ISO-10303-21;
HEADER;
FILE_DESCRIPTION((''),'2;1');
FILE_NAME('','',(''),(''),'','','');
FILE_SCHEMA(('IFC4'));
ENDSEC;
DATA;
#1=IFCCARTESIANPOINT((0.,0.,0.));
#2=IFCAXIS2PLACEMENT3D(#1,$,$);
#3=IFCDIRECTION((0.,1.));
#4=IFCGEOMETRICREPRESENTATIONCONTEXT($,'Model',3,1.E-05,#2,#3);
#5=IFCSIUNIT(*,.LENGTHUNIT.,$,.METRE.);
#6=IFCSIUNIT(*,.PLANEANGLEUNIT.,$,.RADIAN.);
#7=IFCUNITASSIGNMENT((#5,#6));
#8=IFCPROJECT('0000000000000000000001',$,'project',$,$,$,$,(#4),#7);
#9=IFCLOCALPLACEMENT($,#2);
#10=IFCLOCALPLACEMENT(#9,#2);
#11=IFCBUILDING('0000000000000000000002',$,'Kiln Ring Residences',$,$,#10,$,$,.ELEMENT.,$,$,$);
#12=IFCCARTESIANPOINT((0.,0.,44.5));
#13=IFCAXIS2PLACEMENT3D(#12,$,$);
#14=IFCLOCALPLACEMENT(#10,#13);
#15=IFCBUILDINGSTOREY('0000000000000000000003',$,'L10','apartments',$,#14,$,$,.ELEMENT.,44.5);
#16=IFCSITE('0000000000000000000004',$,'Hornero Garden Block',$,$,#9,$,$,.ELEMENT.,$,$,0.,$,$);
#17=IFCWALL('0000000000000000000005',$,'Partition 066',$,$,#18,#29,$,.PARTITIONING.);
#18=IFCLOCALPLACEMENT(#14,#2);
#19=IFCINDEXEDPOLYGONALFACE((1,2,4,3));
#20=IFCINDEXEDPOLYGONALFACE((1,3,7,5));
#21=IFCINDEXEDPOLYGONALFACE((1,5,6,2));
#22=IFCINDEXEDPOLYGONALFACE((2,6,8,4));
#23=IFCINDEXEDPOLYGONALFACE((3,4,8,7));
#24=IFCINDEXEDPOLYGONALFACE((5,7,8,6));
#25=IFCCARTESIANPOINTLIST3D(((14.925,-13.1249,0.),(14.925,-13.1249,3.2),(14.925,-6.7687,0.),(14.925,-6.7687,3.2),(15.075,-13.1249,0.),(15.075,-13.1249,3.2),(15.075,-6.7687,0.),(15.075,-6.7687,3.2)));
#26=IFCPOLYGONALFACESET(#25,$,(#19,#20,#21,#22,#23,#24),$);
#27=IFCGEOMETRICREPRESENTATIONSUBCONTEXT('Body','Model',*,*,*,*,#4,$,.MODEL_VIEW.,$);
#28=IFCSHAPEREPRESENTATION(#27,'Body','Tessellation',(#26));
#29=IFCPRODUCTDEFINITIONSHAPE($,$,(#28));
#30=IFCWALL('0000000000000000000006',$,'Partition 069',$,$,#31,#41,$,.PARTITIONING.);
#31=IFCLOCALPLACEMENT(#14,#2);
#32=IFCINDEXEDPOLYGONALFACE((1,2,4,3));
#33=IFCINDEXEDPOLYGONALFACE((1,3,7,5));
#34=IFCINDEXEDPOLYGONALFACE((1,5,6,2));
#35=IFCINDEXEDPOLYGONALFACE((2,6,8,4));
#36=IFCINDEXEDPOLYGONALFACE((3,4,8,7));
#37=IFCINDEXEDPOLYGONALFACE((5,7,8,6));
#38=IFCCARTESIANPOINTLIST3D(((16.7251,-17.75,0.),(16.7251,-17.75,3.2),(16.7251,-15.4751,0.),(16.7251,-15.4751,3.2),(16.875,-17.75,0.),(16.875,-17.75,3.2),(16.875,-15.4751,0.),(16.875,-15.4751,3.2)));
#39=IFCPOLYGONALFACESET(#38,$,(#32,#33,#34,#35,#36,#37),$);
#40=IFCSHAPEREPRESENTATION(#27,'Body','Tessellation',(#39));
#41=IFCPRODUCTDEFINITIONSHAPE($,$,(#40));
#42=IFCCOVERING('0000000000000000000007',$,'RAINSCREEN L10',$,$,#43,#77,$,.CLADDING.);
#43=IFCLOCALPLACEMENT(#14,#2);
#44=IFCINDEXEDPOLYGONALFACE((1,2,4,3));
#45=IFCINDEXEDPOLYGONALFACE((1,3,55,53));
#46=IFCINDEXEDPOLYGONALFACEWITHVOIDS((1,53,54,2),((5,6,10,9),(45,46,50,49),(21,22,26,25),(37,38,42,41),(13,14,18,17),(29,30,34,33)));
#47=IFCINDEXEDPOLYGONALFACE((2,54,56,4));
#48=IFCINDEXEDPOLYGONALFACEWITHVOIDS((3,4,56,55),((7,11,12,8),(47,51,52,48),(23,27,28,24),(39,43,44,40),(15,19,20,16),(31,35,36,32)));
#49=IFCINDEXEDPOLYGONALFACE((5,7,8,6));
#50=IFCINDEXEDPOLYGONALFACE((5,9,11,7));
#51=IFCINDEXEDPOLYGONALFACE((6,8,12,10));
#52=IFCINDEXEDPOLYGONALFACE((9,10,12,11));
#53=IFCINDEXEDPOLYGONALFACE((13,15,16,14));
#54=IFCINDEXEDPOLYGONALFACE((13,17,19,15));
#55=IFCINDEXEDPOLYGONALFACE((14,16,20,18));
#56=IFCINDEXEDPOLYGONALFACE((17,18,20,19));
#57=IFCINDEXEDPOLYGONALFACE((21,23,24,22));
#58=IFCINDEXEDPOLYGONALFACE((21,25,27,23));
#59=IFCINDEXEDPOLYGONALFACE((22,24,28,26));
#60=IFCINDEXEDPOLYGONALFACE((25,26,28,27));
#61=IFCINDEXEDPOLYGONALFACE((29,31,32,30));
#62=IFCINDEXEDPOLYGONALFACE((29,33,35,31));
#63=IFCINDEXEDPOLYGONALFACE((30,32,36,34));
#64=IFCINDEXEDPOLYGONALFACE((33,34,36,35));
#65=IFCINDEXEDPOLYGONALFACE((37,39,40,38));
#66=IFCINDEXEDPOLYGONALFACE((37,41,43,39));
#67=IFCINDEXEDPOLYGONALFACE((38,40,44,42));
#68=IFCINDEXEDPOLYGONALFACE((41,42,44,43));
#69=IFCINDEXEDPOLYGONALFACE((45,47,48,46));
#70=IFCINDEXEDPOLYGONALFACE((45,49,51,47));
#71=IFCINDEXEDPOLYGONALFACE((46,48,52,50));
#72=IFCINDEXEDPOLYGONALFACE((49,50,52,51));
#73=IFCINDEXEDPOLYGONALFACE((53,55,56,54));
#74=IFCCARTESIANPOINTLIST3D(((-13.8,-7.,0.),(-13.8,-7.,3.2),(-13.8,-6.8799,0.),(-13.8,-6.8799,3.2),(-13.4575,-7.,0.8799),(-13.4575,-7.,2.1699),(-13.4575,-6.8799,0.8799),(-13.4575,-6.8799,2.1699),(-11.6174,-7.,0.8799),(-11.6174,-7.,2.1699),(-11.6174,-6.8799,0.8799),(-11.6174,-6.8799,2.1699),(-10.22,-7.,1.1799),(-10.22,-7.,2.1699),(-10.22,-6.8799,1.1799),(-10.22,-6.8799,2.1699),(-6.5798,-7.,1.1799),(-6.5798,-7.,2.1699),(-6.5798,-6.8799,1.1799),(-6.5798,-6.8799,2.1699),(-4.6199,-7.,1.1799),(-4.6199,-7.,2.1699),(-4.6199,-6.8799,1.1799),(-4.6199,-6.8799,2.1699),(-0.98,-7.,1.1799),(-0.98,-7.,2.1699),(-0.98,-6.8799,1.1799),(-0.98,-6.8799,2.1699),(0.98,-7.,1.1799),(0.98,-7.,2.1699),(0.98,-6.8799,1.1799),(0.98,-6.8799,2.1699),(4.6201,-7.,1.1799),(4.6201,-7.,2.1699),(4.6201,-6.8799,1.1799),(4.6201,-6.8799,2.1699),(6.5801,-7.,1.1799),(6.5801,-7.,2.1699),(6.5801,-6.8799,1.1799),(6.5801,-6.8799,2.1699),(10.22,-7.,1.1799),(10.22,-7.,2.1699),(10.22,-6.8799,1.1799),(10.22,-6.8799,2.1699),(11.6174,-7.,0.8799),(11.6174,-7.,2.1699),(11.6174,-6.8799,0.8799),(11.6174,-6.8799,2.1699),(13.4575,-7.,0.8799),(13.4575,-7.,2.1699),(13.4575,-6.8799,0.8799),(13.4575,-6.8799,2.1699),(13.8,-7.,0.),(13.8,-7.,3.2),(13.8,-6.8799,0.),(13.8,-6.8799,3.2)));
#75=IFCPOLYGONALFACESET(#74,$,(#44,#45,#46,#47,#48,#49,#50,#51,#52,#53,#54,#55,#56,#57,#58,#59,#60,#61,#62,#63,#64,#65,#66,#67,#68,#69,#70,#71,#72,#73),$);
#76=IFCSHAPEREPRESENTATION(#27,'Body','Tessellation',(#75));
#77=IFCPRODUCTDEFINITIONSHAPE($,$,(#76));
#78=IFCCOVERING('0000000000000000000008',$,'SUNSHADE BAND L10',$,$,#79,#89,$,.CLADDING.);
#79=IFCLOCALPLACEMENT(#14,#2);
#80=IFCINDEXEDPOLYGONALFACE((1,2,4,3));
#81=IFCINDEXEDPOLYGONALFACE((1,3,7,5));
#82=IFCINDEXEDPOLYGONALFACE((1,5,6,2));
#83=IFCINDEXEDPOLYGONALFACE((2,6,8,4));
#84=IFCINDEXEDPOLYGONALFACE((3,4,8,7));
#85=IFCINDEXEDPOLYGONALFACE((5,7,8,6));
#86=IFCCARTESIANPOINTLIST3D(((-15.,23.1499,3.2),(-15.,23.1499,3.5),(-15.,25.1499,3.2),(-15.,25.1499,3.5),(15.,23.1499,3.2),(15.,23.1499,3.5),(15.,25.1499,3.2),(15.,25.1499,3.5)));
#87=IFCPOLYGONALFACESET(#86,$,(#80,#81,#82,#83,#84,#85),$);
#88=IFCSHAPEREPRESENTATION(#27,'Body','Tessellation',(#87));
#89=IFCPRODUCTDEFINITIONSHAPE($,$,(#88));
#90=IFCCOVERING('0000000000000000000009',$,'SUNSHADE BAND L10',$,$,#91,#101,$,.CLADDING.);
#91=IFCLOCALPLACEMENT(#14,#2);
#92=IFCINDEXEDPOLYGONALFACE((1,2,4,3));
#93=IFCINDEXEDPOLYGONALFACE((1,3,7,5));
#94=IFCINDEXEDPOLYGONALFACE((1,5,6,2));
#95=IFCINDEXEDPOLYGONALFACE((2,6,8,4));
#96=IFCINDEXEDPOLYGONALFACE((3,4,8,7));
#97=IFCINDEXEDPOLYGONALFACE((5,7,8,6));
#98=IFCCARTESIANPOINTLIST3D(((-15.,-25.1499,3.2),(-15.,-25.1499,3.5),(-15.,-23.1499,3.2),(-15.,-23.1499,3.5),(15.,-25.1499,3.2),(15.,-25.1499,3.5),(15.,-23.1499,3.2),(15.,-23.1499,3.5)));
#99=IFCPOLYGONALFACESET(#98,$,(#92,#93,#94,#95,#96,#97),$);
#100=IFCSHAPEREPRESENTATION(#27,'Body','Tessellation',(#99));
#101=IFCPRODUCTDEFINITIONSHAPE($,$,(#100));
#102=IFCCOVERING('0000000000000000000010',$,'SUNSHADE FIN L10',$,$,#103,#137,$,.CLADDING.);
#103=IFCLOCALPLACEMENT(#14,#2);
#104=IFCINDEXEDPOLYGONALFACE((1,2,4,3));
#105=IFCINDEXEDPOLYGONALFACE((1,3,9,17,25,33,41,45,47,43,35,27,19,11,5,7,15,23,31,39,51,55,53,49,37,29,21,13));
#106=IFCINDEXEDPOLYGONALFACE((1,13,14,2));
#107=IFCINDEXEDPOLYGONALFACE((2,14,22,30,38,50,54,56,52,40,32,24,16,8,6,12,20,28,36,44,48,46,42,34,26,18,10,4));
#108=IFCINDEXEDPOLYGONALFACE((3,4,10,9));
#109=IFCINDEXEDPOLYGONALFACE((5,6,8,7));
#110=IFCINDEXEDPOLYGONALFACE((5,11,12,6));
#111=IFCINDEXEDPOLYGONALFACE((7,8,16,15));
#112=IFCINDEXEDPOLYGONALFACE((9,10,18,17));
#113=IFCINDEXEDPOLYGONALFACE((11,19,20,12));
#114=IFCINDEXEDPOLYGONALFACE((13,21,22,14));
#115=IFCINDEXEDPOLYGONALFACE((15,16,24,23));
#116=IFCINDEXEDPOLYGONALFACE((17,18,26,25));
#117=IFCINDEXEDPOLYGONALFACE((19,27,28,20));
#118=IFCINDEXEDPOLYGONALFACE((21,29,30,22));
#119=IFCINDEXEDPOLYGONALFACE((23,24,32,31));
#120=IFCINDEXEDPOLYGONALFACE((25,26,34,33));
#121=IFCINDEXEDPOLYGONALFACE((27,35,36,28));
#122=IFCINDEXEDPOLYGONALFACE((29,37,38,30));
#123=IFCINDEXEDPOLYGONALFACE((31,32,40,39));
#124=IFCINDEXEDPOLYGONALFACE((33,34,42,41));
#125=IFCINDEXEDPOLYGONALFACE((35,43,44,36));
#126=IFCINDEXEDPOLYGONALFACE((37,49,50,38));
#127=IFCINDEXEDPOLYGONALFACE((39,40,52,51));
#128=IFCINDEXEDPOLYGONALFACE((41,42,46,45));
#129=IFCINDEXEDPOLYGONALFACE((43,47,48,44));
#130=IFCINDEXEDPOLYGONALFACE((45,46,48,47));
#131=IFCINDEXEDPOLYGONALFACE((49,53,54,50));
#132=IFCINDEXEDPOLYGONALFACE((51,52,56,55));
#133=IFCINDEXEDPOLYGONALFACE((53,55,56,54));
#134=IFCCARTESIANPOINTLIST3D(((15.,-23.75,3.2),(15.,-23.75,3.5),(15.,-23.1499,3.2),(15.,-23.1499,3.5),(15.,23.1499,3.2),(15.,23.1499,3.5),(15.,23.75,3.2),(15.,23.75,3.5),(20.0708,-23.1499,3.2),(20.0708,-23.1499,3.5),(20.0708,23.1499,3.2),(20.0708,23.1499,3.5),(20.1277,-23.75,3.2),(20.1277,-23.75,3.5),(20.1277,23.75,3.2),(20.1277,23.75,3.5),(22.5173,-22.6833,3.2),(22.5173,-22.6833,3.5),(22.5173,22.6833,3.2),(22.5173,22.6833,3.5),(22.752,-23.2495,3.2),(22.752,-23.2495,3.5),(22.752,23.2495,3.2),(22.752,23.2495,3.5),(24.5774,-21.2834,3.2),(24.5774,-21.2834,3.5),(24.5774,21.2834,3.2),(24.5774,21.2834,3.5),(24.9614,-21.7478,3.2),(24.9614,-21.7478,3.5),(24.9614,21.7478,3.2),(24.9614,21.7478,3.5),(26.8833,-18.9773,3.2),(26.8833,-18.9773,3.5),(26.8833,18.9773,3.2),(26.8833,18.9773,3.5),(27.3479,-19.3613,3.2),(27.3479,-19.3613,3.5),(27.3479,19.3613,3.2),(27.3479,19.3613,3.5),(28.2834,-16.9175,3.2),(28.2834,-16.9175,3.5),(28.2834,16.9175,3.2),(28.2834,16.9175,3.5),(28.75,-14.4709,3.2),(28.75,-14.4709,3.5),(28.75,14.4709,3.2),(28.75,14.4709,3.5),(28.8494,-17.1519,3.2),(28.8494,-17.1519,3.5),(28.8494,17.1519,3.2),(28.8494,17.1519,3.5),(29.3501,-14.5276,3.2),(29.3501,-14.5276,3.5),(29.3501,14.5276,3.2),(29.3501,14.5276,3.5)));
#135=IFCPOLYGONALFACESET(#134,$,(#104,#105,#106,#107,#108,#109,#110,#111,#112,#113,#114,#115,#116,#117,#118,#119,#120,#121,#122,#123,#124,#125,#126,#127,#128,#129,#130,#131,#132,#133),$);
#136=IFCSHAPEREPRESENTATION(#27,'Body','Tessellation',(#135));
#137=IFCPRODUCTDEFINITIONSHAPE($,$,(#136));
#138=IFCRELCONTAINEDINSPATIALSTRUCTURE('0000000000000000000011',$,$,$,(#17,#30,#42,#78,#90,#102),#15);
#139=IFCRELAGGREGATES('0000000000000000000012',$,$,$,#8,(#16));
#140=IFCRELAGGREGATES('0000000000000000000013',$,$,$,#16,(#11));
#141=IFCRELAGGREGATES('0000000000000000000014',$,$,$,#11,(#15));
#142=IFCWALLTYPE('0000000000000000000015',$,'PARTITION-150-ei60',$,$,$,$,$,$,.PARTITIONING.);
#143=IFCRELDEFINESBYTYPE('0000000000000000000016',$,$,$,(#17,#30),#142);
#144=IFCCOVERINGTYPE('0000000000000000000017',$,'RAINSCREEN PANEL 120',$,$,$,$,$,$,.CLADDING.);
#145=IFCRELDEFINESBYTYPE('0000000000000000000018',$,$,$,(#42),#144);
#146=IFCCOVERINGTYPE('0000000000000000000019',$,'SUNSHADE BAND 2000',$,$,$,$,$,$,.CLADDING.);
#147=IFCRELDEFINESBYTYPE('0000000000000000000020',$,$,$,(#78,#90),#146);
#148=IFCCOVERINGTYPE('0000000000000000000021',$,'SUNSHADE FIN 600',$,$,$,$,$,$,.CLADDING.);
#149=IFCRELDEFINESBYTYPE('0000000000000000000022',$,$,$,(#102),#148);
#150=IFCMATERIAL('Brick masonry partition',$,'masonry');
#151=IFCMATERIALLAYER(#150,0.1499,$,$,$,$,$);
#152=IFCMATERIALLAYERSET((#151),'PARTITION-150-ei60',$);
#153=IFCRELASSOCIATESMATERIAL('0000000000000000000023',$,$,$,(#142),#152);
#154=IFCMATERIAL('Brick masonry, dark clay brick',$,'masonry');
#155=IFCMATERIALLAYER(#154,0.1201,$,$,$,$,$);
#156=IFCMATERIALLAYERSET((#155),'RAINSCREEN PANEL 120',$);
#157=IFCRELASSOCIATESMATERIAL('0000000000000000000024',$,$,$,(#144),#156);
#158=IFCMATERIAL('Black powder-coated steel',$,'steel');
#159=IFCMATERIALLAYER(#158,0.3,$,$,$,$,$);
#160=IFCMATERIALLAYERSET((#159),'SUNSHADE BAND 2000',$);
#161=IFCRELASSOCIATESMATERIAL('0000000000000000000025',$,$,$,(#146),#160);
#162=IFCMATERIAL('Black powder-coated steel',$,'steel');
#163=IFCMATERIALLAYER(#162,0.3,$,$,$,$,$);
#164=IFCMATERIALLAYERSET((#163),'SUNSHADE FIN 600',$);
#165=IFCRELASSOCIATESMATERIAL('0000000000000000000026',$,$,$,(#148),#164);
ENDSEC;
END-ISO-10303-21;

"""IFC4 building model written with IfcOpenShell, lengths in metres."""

from ifc_helpers import new_model, si_unit, direction, frame, frame_2d, origin, place, context, subcontext, project, spatial, polyline, rectangle, outline, extrude, material, layer, layer_set, type_object, element, save


model = new_model("IFC4")

# Units and contexts
model_context = context("Model", 3, precision=1e-05, world=origin(), true_north=direction((0.0, 1.0)))
body_context = subcontext(model_context, "Body", "Model", "MODEL_VIEW")
ifc_project = project(units=[si_unit("LENGTHUNIT", "METRE"), si_unit("PLANEANGLEUNIT", "RADIAN")], contexts=[model_context])

# Site, building, storey
site_placement = place(None, origin())
site = spatial("IfcSite", under=ifc_project, at=site_placement, Name="Hornero Garden Block", CompositionType="ELEMENT", RefElevation=0.0)
building_placement = place(site_placement, origin())
building = spatial("IfcBuilding", under=site, at=building_placement, Name="Kiln Ring Residences", CompositionType="ELEMENT")
storey_placement = place(building_placement, frame((0.0, 0.0, 44.5)))
storey = spatial("IfcBuildingStorey", under=building, at=storey_placement, Name="L10", Description="apartments", CompositionType="ELEMENT", Elevation=44.5)

# Walls
ifc_material_1 = material(Name="Brick masonry partition", Category="masonry")
ifc_layer_1 = layer(ifc_material_1, 0.1499)
ifc_layer_set_1 = layer_set([ifc_layer_1], Name="PARTITION-150-ei60")
wall_type_1 = type_object("IfcWallType", Name="PARTITION-150-ei60", PredefinedType="PARTITIONING", material=ifc_layer_set_1)
wall_1_placement = place(storey_placement, frame((15.0, -13.125, 0.0), z_axis=(0.0, 0.0, 1.0), x_axis=(0.0, 1.0, 0.0)))
element("IfcWall", 1, at=wall_1_placement, inside=storey, type_object=wall_type_1, Name="Partition 066", PredefinedType="PARTITIONING", context=body_context, shape_type="SweptSolid", body=[
    extrude(rectangle(XDim=6.3562, YDim=0.1499, at=frame_2d((3.1782, 0.0))), origin(), (0.0, 0.0, 1.0), 3.2),
])
wall_2_placement = place(storey_placement, frame((16.8, -17.75, 0.0), z_axis=(0.0, 0.0, 1.0), x_axis=(0.0, 1.0, 0.0)))
element("IfcWall", 2, at=wall_2_placement, inside=storey, type_object=wall_type_1, Name="Partition 069", PredefinedType="PARTITIONING", context=body_context, shape_type="SweptSolid", body=[
    extrude(rectangle(XDim=2.2749, YDim=0.1499, at=frame_2d((1.1375, 0.0))), origin(), (0.0, 0.0, 1.0), 3.2),
])

# Coverings
ifc_material_2 = material(Name="Brick masonry, dark clay brick", Category="masonry")
ifc_layer_2 = layer(ifc_material_2, 0.1201)
ifc_layer_set_2 = layer_set([ifc_layer_2], Name="RAINSCREEN PANEL 120")
covering_type_1 = type_object("IfcCoveringType", Name="RAINSCREEN PANEL 120", PredefinedType="CLADDING", material=ifc_layer_set_2)
covering_1_placement = place(storey_placement, frame((13.8, -6.9399, 0.0), z_axis=(0.0, 0.0, 1.0), x_axis=(-1.0, 0.0, 0.0)))
element("IfcCovering", 3, at=covering_1_placement, inside=storey, type_object=covering_type_1, Name="RAINSCREEN L10", PredefinedType="CLADDING", context=body_context, shape_type="SweptSolid", body=[
    extrude(outline(polyline([(0.0, 0.0), (27.6001, 0.0), (27.6001, 3.2), (0.0, 3.2), (0.0, 0.0)]), holes=[polyline([(2.1826, 0.8799), (2.1826, 2.1699), (0.3425, 2.1699), (0.3425, 0.8799), (2.1826, 0.8799)]), polyline([(25.4175, 0.8799), (27.2576, 0.8799), (27.2576, 2.1699), (25.4175, 2.1699), (25.4175, 0.8799)]), polyline([(3.5801, 1.1799), (7.22, 1.1799), (7.22, 2.1699), (3.5801, 2.1699), (3.5801, 1.1799)]), polyline([(12.8201, 1.1799), (12.8201, 2.1699), (9.1799, 2.1699), (9.1799, 1.1799), (12.8201, 1.1799)]), polyline([(14.78, 1.1799), (18.4199, 1.1799), (18.4199, 2.1699), (14.78, 2.1699), (14.78, 1.1799)]), polyline([(20.3799, 1.1799), (24.02, 1.1799), (24.02, 2.1699), (20.3799, 2.1699), (20.3799, 1.1799)])]), frame((0.0, 0.0601, 0.0), z_axis=(0.0, -1.0, 0.0), x_axis=(1.0, 0.0, 0.0)), (0.0, 0.0, 1.0), 0.1201),
])
ifc_material_3 = material(Name="Black powder-coated steel", Category="steel")
ifc_layer_3 = layer(ifc_material_3, 0.3)
ifc_layer_set_3 = layer_set([ifc_layer_3], Name="SUNSHADE BAND 2000")
covering_type_2 = type_object("IfcCoveringType", Name="SUNSHADE BAND 2000", PredefinedType="CLADDING", material=ifc_layer_set_3)
placement_1 = place(storey_placement, frame((0.0, 0.0, 3.2)))
element("IfcCovering", 4, at=placement_1, inside=storey, type_object=covering_type_2, Name="SUNSHADE BAND L10", PredefinedType="CLADDING", context=body_context, shape_type="SweptSolid", body=[
    extrude(outline(polyline([(15.0, 25.1499), (-15.0, 25.1499), (-15.0, 23.1499), (15.0, 23.1499), (15.0, 25.1499)])), origin(), (0.0, 0.0, 1.0), 0.3),
])
element("IfcCovering", 5, at=placement_1, inside=storey, type_object=covering_type_2, Name="SUNSHADE BAND L10", PredefinedType="CLADDING", context=body_context, shape_type="SweptSolid", body=[
    extrude(outline(polyline([(-15.0, -25.1499), (15.0, -25.1499), (15.0, -23.1499), (-15.0, -23.1499), (-15.0, -25.1499)])), origin(), (0.0, 0.0, 1.0), 0.3),
])
ifc_material_4 = material(Name="Black powder-coated steel", Category="steel")
ifc_layer_4 = layer(ifc_material_4, 0.3)
ifc_layer_set_4 = layer_set([ifc_layer_4], Name="SUNSHADE FIN 600")
covering_type_3 = type_object("IfcCoveringType", Name="SUNSHADE FIN 600", PredefinedType="CLADDING", material=ifc_layer_set_4)
element("IfcCovering", 6, at=placement_1, inside=storey, type_object=covering_type_3, Name="SUNSHADE FIN L10", PredefinedType="CLADDING", context=body_context, shape_type="SweptSolid", body=[
    extrude(outline(polyline([(20.1277, 23.75), (15.0, 23.75), (15.0, 23.1499), (20.0708, 23.1499), (22.5173, 22.6833), (24.5774, 21.2834), (26.8833, 18.9773), (28.2834, 16.9175), (28.75, 14.4709), (28.75, -14.4709), (28.2834, -16.9175), (26.8833, -18.9773), (24.5774, -21.2834), (22.5173, -22.6833), (20.0708, -23.1499), (15.0, -23.1499), (15.0, -23.75), (20.1277, -23.75), (22.752, -23.2495), (24.9614, -21.7478), (27.3479, -19.3613), (28.8494, -17.1519), (29.3501, -14.5276), (29.3501, 14.5276), (28.8494, 17.1519), (27.3479, 19.3613), (24.9614, 21.7478), (22.752, 23.2495), (20.1277, 23.75)])), origin(), (0.0, 0.0, 1.0), 0.3),
])

save(model, "model.ifc")
